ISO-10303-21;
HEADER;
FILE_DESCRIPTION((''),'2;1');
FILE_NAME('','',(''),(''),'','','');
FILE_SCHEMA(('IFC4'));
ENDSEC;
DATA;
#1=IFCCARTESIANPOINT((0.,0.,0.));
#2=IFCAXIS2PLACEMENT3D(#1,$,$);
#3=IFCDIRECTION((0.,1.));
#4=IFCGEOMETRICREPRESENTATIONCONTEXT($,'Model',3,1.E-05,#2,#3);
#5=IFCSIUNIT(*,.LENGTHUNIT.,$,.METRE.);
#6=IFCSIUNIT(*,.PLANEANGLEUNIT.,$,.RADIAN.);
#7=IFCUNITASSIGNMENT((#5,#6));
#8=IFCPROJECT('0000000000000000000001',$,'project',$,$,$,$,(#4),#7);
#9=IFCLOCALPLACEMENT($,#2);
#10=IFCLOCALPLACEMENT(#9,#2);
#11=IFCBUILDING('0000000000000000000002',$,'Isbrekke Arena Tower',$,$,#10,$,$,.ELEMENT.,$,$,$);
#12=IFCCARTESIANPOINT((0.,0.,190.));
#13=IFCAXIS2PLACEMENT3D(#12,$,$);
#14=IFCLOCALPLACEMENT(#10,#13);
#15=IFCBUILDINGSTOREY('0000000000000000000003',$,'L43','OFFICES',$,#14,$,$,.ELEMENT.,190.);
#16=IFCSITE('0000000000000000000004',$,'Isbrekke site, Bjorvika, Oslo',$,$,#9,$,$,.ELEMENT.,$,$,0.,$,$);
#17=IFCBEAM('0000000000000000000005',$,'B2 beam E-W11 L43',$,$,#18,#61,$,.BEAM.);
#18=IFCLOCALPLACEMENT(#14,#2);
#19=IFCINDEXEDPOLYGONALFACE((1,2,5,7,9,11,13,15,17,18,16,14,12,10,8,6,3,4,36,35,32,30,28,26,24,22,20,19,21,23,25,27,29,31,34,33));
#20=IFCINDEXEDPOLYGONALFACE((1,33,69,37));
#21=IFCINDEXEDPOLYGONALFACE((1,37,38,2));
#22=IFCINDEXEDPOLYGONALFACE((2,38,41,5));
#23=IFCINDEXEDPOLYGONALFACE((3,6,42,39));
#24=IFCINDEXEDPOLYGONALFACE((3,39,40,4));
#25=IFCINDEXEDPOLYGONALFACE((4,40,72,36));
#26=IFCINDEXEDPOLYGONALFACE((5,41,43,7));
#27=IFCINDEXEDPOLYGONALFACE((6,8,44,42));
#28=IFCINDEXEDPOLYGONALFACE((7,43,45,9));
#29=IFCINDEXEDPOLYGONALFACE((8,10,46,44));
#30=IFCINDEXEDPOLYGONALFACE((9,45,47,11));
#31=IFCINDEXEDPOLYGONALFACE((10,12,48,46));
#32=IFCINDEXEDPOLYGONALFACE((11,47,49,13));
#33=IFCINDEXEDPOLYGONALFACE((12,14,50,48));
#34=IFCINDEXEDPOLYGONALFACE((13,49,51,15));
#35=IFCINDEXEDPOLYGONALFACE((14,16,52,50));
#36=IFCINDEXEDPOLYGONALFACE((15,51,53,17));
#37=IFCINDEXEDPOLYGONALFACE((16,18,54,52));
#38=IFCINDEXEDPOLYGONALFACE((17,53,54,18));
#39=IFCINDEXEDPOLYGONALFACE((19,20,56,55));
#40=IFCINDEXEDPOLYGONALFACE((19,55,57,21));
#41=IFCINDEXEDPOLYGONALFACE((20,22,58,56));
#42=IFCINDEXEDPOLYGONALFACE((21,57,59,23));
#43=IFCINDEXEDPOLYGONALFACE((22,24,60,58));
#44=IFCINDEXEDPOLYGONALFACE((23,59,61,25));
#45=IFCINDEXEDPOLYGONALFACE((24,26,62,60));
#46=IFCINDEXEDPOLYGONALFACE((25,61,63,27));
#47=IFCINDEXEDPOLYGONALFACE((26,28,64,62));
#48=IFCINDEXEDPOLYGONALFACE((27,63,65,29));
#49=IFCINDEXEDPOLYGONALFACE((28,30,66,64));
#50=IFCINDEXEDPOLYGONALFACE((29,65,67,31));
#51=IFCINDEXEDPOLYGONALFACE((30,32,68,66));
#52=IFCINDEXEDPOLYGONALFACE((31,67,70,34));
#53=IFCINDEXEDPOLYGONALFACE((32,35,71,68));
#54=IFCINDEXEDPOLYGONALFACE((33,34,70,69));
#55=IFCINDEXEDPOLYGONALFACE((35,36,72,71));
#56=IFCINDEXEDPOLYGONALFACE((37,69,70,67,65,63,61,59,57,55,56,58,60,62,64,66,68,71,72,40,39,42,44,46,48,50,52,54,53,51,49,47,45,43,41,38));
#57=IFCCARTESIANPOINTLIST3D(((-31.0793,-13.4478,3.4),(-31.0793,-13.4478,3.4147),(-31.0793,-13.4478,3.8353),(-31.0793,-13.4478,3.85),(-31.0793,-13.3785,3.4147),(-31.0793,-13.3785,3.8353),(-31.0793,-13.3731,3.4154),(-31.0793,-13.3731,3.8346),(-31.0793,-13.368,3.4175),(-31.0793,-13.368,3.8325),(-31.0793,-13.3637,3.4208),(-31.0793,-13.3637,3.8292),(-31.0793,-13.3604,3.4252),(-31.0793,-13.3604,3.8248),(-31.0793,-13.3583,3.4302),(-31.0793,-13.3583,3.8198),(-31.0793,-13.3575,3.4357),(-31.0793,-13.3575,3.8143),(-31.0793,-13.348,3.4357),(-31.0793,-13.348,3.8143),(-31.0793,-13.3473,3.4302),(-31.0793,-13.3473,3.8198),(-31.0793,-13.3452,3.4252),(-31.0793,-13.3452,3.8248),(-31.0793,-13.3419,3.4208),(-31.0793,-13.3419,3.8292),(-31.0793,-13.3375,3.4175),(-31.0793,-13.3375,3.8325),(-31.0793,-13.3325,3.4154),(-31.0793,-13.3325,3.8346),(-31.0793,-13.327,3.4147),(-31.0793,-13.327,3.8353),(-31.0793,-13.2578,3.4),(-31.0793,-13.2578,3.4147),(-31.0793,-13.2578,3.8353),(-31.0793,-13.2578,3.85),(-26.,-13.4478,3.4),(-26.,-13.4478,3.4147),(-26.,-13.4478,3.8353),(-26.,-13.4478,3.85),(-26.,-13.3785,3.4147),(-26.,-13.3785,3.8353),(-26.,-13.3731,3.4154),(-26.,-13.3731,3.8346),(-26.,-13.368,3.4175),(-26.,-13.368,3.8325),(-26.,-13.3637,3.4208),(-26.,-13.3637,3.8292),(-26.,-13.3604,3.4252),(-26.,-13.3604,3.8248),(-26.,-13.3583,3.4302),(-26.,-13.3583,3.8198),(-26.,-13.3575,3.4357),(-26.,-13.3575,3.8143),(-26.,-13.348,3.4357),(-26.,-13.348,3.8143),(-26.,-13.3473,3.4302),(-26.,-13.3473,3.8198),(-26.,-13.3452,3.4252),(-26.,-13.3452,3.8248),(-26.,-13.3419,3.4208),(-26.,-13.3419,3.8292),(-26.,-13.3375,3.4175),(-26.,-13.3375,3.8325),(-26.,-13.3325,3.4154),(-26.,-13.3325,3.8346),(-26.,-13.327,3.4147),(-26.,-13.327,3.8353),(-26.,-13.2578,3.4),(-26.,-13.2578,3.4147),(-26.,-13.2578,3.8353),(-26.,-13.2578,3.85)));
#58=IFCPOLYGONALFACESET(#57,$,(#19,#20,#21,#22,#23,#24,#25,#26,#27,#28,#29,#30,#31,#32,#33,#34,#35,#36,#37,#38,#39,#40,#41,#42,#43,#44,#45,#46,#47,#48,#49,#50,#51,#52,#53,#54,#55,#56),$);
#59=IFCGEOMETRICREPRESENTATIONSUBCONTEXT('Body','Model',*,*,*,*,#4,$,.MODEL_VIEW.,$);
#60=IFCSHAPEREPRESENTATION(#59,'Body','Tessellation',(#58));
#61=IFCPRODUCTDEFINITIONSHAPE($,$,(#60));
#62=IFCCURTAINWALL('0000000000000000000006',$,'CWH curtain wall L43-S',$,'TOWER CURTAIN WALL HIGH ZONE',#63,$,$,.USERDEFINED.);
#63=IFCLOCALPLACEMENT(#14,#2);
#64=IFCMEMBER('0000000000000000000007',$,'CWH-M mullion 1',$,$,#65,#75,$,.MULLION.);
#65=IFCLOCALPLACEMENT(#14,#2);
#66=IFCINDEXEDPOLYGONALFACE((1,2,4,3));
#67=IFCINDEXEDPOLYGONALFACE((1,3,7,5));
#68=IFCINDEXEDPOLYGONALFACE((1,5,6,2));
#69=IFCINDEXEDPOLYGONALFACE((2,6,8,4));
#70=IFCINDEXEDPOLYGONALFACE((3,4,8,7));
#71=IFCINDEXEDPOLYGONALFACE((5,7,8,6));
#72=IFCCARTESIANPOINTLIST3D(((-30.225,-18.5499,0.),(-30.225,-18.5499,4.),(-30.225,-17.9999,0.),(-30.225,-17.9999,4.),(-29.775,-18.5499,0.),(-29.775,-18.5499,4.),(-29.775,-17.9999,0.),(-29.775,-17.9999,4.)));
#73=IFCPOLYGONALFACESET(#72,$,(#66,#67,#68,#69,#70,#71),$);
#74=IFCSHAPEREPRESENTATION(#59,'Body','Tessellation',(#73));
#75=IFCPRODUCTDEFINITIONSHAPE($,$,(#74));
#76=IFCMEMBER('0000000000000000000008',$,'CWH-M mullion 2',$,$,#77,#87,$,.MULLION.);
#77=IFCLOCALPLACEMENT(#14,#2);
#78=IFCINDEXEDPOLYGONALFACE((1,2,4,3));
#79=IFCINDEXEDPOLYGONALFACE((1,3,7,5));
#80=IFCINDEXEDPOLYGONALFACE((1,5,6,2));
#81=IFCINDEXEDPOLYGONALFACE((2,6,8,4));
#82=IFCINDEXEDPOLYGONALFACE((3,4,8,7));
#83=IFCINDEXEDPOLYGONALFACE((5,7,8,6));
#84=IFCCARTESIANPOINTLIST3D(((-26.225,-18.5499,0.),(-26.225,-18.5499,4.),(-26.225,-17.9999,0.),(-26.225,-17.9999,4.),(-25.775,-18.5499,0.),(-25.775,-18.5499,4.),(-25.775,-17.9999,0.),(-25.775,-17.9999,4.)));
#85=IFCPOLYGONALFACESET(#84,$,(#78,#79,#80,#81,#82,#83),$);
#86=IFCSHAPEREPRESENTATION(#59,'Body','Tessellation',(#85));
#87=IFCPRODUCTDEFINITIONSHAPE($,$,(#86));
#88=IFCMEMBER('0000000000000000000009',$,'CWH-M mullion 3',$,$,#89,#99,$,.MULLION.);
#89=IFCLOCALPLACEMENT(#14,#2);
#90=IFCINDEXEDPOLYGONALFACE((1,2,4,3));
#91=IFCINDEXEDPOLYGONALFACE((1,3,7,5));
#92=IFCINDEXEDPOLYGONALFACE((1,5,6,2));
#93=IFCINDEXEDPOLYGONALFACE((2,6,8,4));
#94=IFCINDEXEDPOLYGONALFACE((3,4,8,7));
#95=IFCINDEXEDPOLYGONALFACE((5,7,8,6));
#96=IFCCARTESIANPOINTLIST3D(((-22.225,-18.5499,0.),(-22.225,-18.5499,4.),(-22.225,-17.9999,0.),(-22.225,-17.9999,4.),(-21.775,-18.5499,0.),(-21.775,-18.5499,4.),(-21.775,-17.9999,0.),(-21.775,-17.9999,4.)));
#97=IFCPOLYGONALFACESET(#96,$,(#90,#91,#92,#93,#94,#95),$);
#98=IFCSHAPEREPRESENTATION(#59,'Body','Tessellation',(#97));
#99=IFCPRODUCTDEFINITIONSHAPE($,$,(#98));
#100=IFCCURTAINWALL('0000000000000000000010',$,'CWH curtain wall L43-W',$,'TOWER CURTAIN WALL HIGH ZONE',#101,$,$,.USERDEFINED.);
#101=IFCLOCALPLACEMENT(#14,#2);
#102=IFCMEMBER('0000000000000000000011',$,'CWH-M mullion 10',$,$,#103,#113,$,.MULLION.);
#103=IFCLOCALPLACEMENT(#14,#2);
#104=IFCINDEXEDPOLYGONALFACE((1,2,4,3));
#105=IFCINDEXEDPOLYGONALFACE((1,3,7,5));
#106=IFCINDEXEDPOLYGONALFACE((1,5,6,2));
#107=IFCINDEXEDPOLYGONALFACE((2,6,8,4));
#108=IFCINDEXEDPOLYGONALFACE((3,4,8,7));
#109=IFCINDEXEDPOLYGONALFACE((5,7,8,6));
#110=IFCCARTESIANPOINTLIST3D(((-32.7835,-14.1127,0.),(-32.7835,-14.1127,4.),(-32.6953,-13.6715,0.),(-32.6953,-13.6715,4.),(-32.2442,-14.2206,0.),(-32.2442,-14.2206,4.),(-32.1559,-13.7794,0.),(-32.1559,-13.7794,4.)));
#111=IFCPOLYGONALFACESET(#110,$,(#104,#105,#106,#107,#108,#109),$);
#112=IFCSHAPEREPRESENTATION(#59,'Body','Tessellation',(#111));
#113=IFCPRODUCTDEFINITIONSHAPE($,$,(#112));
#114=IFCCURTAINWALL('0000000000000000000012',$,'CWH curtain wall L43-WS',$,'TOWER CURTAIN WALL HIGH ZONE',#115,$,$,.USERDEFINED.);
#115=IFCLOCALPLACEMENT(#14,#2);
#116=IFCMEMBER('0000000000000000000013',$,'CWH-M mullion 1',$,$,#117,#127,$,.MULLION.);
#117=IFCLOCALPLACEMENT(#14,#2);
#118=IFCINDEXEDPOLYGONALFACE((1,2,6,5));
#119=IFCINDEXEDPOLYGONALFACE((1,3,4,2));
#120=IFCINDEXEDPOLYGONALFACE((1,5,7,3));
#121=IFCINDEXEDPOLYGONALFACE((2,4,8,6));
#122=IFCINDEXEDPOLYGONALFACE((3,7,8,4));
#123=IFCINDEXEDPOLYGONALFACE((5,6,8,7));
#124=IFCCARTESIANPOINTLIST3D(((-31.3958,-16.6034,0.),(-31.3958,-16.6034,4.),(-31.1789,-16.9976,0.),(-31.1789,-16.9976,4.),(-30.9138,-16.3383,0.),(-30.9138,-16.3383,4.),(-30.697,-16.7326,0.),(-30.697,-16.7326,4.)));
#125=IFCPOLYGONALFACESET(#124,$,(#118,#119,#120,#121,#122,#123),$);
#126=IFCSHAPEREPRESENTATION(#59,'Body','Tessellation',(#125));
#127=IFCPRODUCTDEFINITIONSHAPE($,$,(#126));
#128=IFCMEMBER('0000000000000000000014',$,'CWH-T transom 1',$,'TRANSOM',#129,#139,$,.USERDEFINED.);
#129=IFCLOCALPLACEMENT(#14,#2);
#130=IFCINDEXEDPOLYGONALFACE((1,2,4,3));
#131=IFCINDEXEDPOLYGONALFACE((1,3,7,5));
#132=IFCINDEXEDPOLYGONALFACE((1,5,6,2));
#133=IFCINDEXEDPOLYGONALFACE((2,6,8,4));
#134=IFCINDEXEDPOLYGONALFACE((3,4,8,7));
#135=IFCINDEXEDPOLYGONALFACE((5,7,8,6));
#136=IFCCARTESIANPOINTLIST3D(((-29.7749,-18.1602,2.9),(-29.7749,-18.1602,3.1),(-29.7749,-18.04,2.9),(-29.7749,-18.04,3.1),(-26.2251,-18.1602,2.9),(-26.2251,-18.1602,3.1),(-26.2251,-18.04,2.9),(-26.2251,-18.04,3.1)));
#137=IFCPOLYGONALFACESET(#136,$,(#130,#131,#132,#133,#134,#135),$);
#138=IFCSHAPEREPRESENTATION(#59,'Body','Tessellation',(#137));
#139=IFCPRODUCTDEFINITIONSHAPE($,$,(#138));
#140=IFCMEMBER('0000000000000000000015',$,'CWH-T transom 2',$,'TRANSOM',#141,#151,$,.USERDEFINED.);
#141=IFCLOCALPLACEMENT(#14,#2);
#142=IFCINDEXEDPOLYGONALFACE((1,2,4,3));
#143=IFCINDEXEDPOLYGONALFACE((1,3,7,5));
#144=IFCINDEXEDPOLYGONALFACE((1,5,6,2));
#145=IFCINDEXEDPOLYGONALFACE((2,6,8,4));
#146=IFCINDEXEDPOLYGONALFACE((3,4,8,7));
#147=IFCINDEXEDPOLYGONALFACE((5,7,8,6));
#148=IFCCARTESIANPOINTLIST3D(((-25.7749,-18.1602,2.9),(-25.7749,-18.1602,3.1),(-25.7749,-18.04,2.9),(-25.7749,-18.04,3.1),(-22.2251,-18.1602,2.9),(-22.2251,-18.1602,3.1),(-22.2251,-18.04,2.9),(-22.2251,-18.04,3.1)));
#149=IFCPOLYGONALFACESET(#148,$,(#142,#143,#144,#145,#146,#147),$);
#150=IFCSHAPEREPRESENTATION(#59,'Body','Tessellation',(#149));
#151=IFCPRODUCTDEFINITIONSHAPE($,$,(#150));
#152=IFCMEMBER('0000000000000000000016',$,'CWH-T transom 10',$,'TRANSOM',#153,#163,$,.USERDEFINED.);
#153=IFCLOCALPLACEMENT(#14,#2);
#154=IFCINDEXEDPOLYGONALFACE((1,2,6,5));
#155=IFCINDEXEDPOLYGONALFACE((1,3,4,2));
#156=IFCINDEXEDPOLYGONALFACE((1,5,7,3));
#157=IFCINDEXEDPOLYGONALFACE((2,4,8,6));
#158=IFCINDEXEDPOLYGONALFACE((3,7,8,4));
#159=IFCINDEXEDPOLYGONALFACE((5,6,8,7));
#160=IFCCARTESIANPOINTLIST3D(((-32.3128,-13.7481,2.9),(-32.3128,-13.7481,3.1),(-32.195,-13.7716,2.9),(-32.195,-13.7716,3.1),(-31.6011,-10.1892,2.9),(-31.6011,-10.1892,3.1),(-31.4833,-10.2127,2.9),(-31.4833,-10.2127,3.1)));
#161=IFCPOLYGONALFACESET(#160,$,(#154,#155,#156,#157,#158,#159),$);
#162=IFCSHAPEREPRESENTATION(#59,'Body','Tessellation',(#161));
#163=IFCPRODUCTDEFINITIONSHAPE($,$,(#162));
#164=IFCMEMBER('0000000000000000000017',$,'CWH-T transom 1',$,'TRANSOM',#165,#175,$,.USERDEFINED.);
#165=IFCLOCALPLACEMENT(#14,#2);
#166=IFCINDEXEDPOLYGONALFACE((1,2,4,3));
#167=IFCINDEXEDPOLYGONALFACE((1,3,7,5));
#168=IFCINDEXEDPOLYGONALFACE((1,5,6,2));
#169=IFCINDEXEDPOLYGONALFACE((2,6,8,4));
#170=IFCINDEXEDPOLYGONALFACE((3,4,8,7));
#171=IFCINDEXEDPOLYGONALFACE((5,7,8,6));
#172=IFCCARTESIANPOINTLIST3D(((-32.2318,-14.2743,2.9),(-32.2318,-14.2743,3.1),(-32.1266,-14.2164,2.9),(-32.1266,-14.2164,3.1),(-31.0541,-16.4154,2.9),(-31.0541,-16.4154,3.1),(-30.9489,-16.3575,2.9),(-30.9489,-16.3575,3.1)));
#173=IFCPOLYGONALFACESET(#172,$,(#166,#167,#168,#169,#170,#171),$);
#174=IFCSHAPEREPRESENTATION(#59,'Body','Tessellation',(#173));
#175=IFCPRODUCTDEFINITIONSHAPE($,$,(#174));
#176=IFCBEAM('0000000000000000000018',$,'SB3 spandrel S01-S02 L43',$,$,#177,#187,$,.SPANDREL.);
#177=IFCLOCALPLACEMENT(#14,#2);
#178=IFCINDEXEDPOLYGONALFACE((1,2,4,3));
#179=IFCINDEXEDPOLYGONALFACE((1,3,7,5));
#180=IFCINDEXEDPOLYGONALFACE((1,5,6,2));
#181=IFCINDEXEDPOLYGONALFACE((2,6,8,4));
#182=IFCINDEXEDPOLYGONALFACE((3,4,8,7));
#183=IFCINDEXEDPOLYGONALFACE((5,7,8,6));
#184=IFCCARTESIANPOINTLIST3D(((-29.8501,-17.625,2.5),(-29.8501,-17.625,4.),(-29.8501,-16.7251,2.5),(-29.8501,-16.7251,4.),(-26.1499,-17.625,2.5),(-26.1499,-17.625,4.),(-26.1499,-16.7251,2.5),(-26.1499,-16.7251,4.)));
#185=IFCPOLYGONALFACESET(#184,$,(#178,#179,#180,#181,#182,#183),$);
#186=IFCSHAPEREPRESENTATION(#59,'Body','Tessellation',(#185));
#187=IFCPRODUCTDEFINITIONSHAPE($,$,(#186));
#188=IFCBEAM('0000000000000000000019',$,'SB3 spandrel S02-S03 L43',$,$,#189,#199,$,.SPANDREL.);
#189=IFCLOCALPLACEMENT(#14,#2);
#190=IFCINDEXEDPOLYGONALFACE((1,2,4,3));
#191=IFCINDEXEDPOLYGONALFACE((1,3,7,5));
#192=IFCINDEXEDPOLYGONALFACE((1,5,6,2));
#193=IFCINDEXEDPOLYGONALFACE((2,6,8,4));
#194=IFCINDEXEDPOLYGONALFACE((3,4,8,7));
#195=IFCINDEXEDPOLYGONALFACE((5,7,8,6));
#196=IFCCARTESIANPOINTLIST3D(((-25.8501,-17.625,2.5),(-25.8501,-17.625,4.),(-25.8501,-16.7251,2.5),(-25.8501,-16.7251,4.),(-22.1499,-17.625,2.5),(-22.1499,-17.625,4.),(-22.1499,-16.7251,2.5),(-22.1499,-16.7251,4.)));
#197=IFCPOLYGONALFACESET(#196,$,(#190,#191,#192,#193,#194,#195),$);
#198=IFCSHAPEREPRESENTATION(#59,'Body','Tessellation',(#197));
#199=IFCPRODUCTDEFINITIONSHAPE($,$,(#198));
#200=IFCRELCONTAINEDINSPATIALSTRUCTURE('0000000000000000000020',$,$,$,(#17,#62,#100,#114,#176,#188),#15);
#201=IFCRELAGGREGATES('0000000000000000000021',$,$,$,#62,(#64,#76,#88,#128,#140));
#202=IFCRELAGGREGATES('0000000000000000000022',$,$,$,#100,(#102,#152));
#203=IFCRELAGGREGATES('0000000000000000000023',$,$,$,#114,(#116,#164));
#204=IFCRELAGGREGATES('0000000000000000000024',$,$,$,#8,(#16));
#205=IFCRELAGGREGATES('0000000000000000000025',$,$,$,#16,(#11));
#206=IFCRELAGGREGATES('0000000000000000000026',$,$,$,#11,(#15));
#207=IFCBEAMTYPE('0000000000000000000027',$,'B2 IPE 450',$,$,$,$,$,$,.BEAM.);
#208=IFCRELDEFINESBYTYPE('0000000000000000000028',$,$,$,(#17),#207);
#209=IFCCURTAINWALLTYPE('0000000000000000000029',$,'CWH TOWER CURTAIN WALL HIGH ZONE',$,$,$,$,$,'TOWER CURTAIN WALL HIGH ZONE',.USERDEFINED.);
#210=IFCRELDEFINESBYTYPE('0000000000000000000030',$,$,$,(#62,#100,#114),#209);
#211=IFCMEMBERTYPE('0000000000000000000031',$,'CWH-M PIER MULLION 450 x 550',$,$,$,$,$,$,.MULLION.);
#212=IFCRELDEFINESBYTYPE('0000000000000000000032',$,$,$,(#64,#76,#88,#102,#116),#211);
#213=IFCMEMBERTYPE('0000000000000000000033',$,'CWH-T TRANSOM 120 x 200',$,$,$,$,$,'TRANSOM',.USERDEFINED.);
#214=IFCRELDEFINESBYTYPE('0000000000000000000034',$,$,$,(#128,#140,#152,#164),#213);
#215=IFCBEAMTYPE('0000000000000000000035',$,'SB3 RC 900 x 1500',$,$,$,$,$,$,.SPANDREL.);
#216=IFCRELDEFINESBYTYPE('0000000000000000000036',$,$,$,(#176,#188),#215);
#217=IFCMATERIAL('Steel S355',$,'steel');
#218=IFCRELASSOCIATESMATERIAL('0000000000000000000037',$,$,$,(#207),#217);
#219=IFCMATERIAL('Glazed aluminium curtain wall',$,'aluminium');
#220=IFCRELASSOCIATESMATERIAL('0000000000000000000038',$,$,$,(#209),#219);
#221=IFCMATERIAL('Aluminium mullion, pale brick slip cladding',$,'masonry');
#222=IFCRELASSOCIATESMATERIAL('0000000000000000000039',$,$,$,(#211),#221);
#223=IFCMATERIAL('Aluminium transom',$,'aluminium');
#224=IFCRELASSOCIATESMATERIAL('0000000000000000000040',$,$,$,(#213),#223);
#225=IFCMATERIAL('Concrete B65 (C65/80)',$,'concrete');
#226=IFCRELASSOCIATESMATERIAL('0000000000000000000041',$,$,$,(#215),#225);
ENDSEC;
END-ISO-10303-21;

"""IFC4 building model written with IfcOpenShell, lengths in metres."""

from ifc_helpers import new_model, si_unit, direction, frame, origin, origin_2d, place, context, subcontext, project, spatial, rectangle, i_section, extrude, material, material_profile, profile_set, type_object, element, aggregate, save


model = new_model("IFC4")

# Units and contexts
model_context = context("Model", 3, precision=1e-05, world=origin(), true_north=direction((0.0, 1.0)))
body_context = subcontext(model_context, "Body", "Model", "MODEL_VIEW")
ifc_project = project(units=[si_unit("LENGTHUNIT", "METRE"), si_unit("PLANEANGLEUNIT", "RADIAN")], contexts=[model_context])

# Site, building, storey
site_placement = place(None, origin())
site = spatial("IfcSite", under=ifc_project, at=site_placement, Name="Isbrekke site, Bjorvika, Oslo", CompositionType="ELEMENT", RefElevation=0.0)
building_placement = place(site_placement, origin())
building = spatial("IfcBuilding", under=site, at=building_placement, Name="Isbrekke Arena Tower", CompositionType="ELEMENT")
storey_placement = place(building_placement, frame((0.0, 0.0, 190.0)))
storey = spatial("IfcBuildingStorey", under=building, at=storey_placement, Name="L43", Description="OFFICES", CompositionType="ELEMENT", Elevation=190.0)

# Beam
ifc_material_1 = material(Name="Steel S355", Category="steel")
ifc_material_profile_1 = material_profile(ifc_material_1, i_section(OverallWidth=0.1899, OverallDepth=0.45, WebThickness=0.0095, FlangeThickness=0.0146, FilletRadius=0.021, at=origin_2d()), Name="IPE 450")
ifc_profile_set_1 = profile_set([ifc_material_profile_1], Name="Steel S355")
beam_type_1 = type_object("IfcBeamType", Name="B2 IPE 450", PredefinedType="BEAM", material=ifc_profile_set_1)
beam_1_placement = place(storey_placement, frame((-31.0793, -13.3528, 3.625), z_axis=(1.0, 0.0, 0.0), x_axis=(0.0, 1.0, 0.0)))
element("IfcBeam", 1, at=beam_1_placement, inside=storey, type_object=beam_type_1, Name="B2 beam E-W11 L43", PredefinedType="BEAM", context=body_context, shape_type="SweptSolid", body=[
    extrude(i_section(OverallWidth=0.1899, OverallDepth=0.45, WebThickness=0.0095, FlangeThickness=0.0146, FilletRadius=0.021, at=origin_2d()), origin(), (0.0, 0.0, 1.0), 5.0793),
])

# Curtain wall, members
ifc_material_2 = material(Name="Glazed aluminium curtain wall", Category="aluminium")
curtain_wall_type = type_object("IfcCurtainWallType", Name="CWH TOWER CURTAIN WALL HIGH ZONE", ElementType="TOWER CURTAIN WALL HIGH ZONE", PredefinedType="USERDEFINED", material=ifc_material_2)
curtain_wall_1_placement = place(storey_placement, origin())
curtain_wall_1 = element("IfcCurtainWall", 2, at=curtain_wall_1_placement, inside=storey, type_object=curtain_wall_type, Name="CWH curtain wall L43-S", ObjectType="TOWER CURTAIN WALL HIGH ZONE", PredefinedType="USERDEFINED")
ifc_material_3 = material(Name="Aluminium mullion, pale brick slip cladding", Category="masonry")
ifc_material_profile_2 = material_profile(ifc_material_3, rectangle(XDim=0.45, YDim=0.55, at=origin_2d()), Name="PIER 450X550")
ifc_profile_set_2 = profile_set([ifc_material_profile_2], Name="Aluminium mullion, pale brick slip cladding")
member_type_1 = type_object("IfcMemberType", Name="CWH-M PIER MULLION 450 x 550", PredefinedType="MULLION", material=ifc_profile_set_2)
member_1_placement = place(storey_placement, frame((-30.0, -18.2749, 0.0), z_axis=(0.0, 0.0, 1.0), x_axis=(1.0, 0.0, 0.0)))
member_1 = element("IfcMember", 3, at=member_1_placement, type_object=member_type_1, Name="CWH-M mullion 1", PredefinedType="MULLION", context=body_context, shape_type="SweptSolid", body=[
    extrude(rectangle(XDim=0.45, YDim=0.55, at=origin_2d()), origin(), (0.0, 0.0, 1.0), 4.0),
])
member_2_placement = place(storey_placement, frame((-26.0, -18.2749, 0.0), z_axis=(0.0, 0.0, 1.0), x_axis=(1.0, 0.0, 0.0)))
member_2 = element("IfcMember", 4, at=member_2_placement, type_object=member_type_1, Name="CWH-M mullion 2", PredefinedType="MULLION", context=body_context, shape_type="SweptSolid", body=[
    extrude(rectangle(XDim=0.45, YDim=0.55, at=origin_2d()), origin(), (0.0, 0.0, 1.0), 4.0),
])
member_3_placement = place(storey_placement, frame((-22.0, -18.2749, 0.0), z_axis=(0.0, 0.0, 1.0), x_axis=(1.0, 0.0, 0.0)))
member_3 = element("IfcMember", 5, at=member_3_placement, type_object=member_type_1, Name="CWH-M mullion 3", PredefinedType="MULLION", context=body_context, shape_type="SweptSolid", body=[
    extrude(rectangle(XDim=0.45, YDim=0.55, at=origin_2d()), origin(), (0.0, 0.0, 1.0), 4.0),
])

# Curtain walls, members
curtain_wall_2_placement = place(storey_placement, origin())
curtain_wall_2 = element("IfcCurtainWall", 6, at=curtain_wall_2_placement, inside=storey, type_object=curtain_wall_type, Name="CWH curtain wall L43-W", ObjectType="TOWER CURTAIN WALL HIGH ZONE", PredefinedType="USERDEFINED")
member_4_placement = place(storey_placement, frame((-32.4697, -13.946, 0.0), z_axis=(0.0, 0.0, 1.0), x_axis=(-0.196116, -0.980581, 0.0)))
member_4 = element("IfcMember", 7, at=member_4_placement, type_object=member_type_1, Name="CWH-M mullion 10", PredefinedType="MULLION", context=body_context, shape_type="SweptSolid", body=[
    extrude(rectangle(XDim=0.45, YDim=0.55, at=origin_2d()), origin(), (0.0, 0.0, 1.0), 4.0),
])
curtain_wall_3_placement = place(storey_placement, origin())
curtain_wall_3 = element("IfcCurtainWall", 8, at=curtain_wall_3_placement, inside=storey, type_object=curtain_wall_type, Name="CWH curtain wall L43-WS", ObjectType="TOWER CURTAIN WALL HIGH ZONE", PredefinedType="USERDEFINED")
member_5_placement = place(storey_placement, frame((-31.0464, -16.668, 0.0), z_axis=(0.0, 0.0, 1.0), x_axis=(0.481919, -0.876216, 0.0)))
member_5 = element("IfcMember", 9, at=member_5_placement, type_object=member_type_1, Name="CWH-M mullion 1", PredefinedType="MULLION", context=body_context, shape_type="SweptSolid", body=[
    extrude(rectangle(XDim=0.45, YDim=0.55, at=origin_2d()), origin(), (0.0, 0.0, 1.0), 4.0),
])

# Members
ifc_material_4 = material(Name="Aluminium transom", Category="aluminium")
ifc_material_profile_3 = material_profile(ifc_material_4, rectangle(XDim=0.1201, YDim=0.2, at=origin_2d()), Name="TRANSOM 120X200")
ifc_profile_set_3 = profile_set([ifc_material_profile_3], Name="Aluminium transom")
member_type_2 = type_object("IfcMemberType", Name="CWH-T TRANSOM 120 x 200", ElementType="TRANSOM", PredefinedType="USERDEFINED", material=ifc_profile_set_3)
member_6_placement = place(storey_placement, frame((-29.7749, -18.1001, 3.0), z_axis=(1.0, 0.0, 0.0), x_axis=(0.0, 1.0, 0.0)))
member_6 = element("IfcMember", 10, at=member_6_placement, type_object=member_type_2, Name="CWH-T transom 1", ObjectType="TRANSOM", PredefinedType="USERDEFINED", context=body_context, shape_type="SweptSolid", body=[
    extrude(rectangle(XDim=0.1201, YDim=0.2, at=origin_2d()), origin(), (0.0, 0.0, 1.0), 3.5498),
])
member_7_placement = place(storey_placement, frame((-25.7749, -18.1001, 3.0), z_axis=(1.0, 0.0, 0.0), x_axis=(0.0, 1.0, 0.0)))
member_7 = element("IfcMember", 11, at=member_7_placement, type_object=member_type_2, Name="CWH-T transom 2", ObjectType="TRANSOM", PredefinedType="USERDEFINED", context=body_context, shape_type="SweptSolid", body=[
    extrude(rectangle(XDim=0.1201, YDim=0.2, at=origin_2d()), origin(), (0.0, 0.0, 1.0), 3.5498),
])
member_8_placement = place(storey_placement, frame((-31.5422, -10.2009, 3.0), z_axis=(-0.19609, -0.980586, 0.0), x_axis=(0.980586, -0.19609, 0.0)))
member_8 = element("IfcMember", 12, at=member_8_placement, type_object=member_type_2, Name="CWH-T transom 10", ObjectType="TRANSOM", PredefinedType="USERDEFINED", context=body_context, shape_type="SweptSolid", body=[
    extrude(rectangle(XDim=0.1201, YDim=0.2, at=origin_2d()), origin(), (0.0, 0.0, 1.0), 3.6294),
])
member_9_placement = place(storey_placement, frame((-32.1792, -14.2454, 3.0), z_axis=(0.481957, -0.876195, 0.0), x_axis=(0.876195, 0.481957, 0.0)))
member_9 = element("IfcMember", 13, at=member_9_placement, type_object=member_type_2, Name="CWH-T transom 1", ObjectType="TRANSOM", PredefinedType="USERDEFINED", context=body_context, shape_type="SweptSolid", body=[
    extrude(rectangle(XDim=0.1201, YDim=0.2, at=origin_2d()), origin(), (0.0, 0.0, 1.0), 2.4436),
])

# Beams
ifc_material_5 = material(Name="Concrete B65 (C65/80)", Category="concrete")
ifc_material_profile_4 = material_profile(ifc_material_5, rectangle(XDim=0.8999, YDim=1.5, at=origin_2d()), Name="RC 900x1500")
ifc_profile_set_4 = profile_set([ifc_material_profile_4], Name="Concrete B65 (C65/80)")
beam_type_2 = type_object("IfcBeamType", Name="SB3 RC 900 x 1500", PredefinedType="SPANDREL", material=ifc_profile_set_4)
for number, where, z_axis, x_axis, name in (
    (14, (-29.8501, -17.175, 3.25), (1.0, 0.0, 0.0), (0.0, 1.0, 0.0), "SB3 spandrel S01-S02 L43"),
    (15, (-25.8501, -17.175, 3.25), (1.0, 0.0, 0.0), (0.0, 1.0, 0.0), "SB3 spandrel S02-S03 L43"),
):
    element("IfcBeam", number, at=place(storey_placement, frame(where, z_axis=z_axis, x_axis=x_axis)), inside=storey, type_object=beam_type_2, Name=name, PredefinedType="SPANDREL", context=body_context, shape_type="SweptSolid", body=[
        extrude(rectangle(XDim=0.8999, YDim=1.5, at=origin_2d()), origin(), (0.0, 0.0, 1.0), 3.7002),
    ])

aggregate(curtain_wall_1, [member_1, member_2, member_3, member_6, member_7])
aggregate(curtain_wall_2, [member_4, member_8])
aggregate(curtain_wall_3, [member_5, member_9])

save(model, "model.ifc")
